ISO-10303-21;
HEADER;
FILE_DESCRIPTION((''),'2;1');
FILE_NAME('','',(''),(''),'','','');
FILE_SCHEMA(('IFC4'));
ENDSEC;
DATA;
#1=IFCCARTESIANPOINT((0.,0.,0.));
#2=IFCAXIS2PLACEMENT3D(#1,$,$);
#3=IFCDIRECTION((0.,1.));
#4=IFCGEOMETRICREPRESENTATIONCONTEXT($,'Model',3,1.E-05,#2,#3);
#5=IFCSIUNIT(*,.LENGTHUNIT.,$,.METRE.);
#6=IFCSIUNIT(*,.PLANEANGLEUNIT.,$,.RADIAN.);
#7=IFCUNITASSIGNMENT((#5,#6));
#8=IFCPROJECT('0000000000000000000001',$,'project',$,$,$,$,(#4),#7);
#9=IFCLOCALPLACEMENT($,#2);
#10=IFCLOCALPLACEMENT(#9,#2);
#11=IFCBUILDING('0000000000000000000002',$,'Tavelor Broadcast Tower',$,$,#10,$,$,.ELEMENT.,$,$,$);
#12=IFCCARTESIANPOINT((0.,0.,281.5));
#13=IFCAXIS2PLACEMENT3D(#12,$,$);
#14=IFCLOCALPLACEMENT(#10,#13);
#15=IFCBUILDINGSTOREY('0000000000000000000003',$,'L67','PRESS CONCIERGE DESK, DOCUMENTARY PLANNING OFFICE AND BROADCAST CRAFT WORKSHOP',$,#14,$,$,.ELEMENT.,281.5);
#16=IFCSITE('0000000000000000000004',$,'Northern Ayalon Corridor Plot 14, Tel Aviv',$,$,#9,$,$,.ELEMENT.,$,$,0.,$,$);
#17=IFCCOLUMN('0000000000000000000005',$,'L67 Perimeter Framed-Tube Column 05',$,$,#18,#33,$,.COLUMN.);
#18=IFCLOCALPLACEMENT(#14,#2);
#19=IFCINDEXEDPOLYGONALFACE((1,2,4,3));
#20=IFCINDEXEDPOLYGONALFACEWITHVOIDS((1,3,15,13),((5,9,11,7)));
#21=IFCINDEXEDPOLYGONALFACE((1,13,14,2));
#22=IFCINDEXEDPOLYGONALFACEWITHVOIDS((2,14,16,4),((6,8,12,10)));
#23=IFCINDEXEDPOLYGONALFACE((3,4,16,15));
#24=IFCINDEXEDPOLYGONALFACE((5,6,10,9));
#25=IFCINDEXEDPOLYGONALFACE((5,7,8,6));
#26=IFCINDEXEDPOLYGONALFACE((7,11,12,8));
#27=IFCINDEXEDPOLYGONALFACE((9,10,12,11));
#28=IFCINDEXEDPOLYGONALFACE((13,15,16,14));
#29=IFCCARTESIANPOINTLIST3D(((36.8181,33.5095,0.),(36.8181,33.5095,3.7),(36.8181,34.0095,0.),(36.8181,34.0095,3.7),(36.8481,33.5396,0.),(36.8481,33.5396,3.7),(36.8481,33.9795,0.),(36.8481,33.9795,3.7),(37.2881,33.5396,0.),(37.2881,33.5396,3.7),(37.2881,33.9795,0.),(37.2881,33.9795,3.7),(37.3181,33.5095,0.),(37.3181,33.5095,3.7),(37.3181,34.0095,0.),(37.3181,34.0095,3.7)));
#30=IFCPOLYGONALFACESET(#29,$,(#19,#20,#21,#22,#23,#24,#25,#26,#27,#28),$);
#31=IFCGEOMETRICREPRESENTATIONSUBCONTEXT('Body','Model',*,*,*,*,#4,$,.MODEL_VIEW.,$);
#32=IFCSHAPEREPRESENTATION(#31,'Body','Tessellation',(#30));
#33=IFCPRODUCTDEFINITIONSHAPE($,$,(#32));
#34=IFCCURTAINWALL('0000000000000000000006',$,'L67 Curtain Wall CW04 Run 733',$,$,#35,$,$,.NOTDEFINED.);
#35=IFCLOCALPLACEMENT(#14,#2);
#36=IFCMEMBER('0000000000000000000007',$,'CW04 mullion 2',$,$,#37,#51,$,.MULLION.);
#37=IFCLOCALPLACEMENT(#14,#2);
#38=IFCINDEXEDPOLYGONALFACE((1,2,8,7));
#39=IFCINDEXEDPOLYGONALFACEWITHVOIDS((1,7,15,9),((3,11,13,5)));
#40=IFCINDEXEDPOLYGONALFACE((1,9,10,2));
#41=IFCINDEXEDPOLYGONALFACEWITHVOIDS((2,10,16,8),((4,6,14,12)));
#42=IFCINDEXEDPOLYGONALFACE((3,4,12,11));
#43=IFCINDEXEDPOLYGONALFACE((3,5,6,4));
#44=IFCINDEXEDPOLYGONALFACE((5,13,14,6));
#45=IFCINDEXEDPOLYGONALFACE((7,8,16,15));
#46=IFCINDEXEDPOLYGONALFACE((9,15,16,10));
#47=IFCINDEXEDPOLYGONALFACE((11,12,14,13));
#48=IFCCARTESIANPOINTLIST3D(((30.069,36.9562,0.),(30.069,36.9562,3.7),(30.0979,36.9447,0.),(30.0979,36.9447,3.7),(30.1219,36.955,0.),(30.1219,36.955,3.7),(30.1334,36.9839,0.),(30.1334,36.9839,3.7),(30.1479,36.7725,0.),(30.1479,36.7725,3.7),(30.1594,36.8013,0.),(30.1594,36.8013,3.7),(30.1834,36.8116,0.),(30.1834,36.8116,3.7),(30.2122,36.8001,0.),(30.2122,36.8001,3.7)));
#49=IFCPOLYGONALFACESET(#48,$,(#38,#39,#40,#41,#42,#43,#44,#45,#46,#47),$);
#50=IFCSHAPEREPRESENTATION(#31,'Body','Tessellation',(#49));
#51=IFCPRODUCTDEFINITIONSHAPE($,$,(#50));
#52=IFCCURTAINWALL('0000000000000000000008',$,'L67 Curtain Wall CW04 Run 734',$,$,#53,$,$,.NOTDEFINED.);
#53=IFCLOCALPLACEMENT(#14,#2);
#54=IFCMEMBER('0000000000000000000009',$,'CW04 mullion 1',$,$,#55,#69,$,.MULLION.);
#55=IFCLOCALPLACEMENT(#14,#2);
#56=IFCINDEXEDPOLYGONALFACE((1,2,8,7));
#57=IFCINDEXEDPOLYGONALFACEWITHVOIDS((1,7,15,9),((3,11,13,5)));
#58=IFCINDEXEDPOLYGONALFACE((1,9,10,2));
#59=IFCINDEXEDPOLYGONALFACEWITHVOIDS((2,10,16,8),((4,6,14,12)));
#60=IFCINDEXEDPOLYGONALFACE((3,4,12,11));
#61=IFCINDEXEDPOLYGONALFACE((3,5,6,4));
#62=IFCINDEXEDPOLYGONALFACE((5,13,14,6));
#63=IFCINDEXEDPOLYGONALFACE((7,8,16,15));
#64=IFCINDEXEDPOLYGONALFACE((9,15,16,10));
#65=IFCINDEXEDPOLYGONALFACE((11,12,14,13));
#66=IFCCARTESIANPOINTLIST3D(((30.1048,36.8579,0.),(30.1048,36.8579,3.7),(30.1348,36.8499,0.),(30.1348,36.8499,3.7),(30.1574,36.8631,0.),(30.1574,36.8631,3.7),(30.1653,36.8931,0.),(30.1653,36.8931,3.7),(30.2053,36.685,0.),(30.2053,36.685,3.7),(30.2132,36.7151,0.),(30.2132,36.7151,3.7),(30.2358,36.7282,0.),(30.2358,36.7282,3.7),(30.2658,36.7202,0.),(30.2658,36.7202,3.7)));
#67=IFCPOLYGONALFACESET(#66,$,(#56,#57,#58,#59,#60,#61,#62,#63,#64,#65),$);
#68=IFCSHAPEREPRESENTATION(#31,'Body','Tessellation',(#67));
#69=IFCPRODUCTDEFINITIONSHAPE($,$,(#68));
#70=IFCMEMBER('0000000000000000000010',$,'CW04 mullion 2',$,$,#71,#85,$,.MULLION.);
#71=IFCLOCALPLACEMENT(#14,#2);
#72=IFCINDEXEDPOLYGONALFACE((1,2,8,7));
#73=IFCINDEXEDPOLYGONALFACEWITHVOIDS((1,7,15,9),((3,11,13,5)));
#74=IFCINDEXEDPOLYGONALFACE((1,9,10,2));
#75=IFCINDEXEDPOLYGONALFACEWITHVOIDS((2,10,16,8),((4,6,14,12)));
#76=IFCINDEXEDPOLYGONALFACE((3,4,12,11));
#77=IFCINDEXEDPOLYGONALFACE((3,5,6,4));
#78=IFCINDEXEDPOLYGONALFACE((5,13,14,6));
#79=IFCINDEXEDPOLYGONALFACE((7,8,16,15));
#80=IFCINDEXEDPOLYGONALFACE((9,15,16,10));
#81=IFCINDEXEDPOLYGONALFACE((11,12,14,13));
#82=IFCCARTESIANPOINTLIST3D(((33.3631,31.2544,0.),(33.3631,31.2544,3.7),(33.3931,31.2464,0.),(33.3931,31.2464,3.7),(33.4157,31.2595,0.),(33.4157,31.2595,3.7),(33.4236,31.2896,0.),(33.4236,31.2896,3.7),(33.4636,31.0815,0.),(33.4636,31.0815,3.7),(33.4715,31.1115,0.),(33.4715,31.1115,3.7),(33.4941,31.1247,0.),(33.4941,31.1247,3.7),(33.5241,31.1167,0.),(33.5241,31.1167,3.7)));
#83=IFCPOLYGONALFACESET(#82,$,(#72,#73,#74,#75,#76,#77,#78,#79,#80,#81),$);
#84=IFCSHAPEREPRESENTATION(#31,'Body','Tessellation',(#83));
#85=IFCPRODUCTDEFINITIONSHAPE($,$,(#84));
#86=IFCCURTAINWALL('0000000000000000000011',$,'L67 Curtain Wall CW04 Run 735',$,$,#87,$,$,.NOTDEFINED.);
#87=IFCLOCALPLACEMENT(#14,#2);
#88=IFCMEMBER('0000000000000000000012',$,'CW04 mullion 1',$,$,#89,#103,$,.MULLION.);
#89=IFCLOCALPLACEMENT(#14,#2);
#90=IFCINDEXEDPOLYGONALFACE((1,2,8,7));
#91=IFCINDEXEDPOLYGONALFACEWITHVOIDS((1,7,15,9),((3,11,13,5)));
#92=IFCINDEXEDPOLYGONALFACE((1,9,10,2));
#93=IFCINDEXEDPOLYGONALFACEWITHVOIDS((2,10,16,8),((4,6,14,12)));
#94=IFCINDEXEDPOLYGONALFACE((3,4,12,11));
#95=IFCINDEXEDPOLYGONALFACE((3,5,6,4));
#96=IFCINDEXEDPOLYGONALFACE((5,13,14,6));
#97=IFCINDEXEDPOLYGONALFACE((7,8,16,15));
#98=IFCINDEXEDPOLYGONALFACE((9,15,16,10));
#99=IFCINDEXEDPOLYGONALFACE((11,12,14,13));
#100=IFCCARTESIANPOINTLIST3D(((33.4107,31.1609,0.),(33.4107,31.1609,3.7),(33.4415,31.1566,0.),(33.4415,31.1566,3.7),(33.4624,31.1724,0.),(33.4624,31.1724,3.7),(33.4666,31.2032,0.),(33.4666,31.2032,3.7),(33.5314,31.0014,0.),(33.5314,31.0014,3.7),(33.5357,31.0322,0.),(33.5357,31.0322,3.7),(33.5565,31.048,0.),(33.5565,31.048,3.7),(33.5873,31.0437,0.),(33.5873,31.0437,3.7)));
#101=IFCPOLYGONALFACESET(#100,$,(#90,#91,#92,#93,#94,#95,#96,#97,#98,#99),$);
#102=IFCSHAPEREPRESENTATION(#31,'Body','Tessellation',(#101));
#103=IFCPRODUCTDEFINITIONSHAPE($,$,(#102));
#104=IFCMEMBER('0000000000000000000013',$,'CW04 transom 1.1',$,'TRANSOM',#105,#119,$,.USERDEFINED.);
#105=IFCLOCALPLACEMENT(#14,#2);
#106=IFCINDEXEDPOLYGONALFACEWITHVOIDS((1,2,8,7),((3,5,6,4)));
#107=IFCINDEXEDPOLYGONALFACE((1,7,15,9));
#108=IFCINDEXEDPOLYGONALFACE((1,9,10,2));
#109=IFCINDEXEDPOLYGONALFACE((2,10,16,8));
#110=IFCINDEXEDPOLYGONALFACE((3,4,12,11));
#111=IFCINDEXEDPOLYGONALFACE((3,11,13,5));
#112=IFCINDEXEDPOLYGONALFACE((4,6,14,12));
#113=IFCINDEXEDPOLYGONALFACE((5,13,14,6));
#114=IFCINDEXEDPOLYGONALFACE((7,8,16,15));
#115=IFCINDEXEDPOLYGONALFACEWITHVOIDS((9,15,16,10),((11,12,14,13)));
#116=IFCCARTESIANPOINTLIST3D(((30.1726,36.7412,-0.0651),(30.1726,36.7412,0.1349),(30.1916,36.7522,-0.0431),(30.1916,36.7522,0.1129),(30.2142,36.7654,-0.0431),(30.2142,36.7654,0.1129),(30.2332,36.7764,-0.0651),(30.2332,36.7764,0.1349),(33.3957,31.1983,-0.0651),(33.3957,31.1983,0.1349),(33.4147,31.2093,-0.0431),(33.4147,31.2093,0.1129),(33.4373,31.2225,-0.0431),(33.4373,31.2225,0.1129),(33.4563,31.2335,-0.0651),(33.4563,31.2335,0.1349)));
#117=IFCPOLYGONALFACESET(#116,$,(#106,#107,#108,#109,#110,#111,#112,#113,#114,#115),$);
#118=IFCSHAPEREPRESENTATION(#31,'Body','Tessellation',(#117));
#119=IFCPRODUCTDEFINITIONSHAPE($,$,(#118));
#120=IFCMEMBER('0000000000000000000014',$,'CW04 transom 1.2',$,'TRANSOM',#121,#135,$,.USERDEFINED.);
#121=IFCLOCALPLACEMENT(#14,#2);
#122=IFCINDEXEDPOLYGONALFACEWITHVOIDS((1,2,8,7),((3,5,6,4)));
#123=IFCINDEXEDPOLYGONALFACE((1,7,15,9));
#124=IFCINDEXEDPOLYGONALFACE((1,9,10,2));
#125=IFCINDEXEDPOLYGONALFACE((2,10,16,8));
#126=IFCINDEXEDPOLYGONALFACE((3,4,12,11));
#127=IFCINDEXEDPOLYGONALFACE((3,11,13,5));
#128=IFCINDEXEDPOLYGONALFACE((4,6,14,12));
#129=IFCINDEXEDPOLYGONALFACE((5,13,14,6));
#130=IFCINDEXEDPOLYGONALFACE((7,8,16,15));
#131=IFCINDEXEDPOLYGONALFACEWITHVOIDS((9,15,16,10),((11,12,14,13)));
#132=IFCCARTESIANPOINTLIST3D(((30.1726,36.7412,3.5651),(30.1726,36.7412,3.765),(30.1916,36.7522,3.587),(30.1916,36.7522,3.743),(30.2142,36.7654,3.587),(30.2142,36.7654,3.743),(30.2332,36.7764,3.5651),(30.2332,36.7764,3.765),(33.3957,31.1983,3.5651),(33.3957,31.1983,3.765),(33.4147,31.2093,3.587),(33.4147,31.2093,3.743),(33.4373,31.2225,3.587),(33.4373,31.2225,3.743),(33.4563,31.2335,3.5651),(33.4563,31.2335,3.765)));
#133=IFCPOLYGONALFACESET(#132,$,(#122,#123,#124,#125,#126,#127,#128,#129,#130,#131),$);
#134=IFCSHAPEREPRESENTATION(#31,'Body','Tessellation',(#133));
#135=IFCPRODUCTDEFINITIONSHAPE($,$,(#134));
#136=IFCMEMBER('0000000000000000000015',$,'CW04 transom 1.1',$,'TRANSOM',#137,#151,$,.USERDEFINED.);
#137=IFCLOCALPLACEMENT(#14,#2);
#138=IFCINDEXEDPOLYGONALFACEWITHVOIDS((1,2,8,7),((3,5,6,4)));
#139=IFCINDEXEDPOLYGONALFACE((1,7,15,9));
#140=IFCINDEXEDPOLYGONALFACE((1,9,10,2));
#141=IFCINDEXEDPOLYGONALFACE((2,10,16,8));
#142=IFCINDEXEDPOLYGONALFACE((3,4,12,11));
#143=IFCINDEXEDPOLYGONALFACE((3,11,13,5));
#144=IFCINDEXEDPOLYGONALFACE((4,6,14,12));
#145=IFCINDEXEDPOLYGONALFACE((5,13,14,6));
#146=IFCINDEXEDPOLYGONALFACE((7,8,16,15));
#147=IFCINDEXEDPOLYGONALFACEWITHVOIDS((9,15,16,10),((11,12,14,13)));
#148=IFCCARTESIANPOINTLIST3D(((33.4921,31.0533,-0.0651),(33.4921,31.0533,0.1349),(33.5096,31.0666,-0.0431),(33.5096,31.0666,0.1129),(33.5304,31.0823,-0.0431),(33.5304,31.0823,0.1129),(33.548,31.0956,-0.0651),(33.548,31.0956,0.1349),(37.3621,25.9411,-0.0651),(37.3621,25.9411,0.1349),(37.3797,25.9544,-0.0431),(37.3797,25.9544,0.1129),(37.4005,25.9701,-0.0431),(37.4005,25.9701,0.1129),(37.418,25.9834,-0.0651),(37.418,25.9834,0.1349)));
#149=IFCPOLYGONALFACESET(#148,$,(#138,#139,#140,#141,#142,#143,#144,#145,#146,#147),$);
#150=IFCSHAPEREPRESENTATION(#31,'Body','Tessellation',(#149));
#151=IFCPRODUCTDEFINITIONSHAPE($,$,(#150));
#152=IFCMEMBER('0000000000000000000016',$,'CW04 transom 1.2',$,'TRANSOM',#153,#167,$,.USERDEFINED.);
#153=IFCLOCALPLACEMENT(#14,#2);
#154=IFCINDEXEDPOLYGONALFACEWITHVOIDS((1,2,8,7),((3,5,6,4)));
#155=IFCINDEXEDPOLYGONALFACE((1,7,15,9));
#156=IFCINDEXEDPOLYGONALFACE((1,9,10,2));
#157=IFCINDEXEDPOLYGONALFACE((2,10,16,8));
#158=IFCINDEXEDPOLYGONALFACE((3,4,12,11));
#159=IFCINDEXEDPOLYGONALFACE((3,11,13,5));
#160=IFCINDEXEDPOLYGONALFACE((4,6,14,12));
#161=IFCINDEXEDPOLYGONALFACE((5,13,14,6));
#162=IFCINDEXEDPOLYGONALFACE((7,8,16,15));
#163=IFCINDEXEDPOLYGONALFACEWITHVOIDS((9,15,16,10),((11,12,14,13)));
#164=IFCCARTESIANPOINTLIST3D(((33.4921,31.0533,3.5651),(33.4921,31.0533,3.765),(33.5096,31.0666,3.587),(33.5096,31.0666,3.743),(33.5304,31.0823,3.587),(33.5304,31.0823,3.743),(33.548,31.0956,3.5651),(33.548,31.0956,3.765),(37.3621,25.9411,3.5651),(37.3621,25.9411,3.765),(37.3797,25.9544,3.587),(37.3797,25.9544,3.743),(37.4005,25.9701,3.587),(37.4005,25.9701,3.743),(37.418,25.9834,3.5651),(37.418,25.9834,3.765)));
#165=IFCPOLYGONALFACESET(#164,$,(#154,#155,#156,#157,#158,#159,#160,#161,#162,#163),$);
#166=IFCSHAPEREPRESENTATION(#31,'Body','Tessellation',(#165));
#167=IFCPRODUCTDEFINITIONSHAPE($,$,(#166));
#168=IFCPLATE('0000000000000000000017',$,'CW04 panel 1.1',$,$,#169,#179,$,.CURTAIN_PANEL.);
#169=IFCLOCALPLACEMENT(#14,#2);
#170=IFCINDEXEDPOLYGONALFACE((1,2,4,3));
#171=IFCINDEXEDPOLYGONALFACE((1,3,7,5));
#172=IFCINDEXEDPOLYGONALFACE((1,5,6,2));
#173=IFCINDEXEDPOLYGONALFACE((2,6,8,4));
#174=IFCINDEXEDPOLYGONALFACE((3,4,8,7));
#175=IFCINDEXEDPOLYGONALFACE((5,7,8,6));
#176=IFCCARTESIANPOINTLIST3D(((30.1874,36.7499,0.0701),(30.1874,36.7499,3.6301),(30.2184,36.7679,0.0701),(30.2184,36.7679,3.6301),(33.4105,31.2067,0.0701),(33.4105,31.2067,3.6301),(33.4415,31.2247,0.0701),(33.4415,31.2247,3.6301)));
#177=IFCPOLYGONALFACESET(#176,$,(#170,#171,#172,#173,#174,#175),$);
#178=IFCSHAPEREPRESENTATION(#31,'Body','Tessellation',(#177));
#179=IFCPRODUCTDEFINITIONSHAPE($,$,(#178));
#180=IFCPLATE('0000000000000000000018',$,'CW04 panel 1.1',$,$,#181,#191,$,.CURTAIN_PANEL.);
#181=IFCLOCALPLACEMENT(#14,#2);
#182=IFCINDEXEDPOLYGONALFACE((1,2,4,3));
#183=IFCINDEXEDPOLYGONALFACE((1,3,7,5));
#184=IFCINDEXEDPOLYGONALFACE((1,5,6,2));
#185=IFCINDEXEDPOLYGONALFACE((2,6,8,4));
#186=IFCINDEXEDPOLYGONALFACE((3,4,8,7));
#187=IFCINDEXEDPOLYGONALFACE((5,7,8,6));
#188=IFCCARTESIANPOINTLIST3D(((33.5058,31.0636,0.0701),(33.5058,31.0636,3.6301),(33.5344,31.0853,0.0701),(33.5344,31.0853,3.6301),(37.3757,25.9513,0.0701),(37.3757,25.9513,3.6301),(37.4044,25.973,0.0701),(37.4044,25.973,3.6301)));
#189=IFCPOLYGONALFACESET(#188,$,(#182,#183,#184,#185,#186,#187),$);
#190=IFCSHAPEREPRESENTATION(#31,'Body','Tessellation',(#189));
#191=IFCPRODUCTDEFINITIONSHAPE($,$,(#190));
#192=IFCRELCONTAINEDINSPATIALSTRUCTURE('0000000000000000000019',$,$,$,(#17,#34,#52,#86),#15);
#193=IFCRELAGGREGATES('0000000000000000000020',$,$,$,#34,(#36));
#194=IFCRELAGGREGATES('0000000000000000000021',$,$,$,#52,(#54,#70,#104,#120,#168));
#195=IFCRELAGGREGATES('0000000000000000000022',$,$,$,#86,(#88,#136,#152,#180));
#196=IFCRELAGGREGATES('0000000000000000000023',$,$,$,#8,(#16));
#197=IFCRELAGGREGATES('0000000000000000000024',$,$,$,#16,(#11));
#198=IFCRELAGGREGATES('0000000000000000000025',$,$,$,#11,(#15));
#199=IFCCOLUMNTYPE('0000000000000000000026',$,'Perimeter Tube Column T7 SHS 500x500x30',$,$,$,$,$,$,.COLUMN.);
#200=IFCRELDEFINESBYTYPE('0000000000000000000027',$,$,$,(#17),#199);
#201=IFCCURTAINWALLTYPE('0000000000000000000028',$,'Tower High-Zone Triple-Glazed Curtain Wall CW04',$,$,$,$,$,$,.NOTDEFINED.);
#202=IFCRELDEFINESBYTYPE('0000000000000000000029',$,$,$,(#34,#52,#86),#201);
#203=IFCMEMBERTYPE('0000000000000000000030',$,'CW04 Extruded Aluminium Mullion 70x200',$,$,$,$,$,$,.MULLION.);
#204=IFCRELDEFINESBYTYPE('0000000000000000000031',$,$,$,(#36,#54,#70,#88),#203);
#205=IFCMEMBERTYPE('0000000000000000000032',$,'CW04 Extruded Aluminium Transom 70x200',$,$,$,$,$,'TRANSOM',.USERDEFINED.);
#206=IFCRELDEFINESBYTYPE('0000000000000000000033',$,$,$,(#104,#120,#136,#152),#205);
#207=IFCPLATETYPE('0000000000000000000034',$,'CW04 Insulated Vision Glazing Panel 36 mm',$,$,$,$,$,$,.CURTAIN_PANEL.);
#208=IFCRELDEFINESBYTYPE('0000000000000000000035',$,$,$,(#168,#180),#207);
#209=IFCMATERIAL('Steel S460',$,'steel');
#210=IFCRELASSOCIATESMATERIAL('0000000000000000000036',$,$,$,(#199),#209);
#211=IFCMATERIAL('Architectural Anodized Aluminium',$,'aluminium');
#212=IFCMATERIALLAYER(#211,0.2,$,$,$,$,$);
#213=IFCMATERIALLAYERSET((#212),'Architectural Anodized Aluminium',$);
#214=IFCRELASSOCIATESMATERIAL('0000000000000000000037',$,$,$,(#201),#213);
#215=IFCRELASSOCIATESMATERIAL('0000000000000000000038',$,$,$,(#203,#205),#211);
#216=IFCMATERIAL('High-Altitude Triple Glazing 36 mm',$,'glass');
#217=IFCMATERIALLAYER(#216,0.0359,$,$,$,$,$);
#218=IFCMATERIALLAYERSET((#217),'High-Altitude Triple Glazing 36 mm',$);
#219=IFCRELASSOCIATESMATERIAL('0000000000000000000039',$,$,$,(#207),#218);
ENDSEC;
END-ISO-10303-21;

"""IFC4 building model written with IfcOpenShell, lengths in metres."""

from ifc_helpers import new_model, si_unit, direction, frame, origin, origin_2d, place, context, subcontext, project, spatial, rectangle, hollow_rectangle, extrude, source, transform, mapped, material, layer, layer_set, material_profile, profile_set, type_object, type_shapes, element, aggregate, save


model = new_model("IFC4")

# Units and contexts
model_context = context("Model", 3, precision=1e-05, world=origin(), true_north=direction((0.0, 1.0)))
body_context = subcontext(model_context, "Body", "Model", "MODEL_VIEW")
ifc_project = project(units=[si_unit("LENGTHUNIT", "METRE"), si_unit("PLANEANGLEUNIT", "RADIAN")], contexts=[model_context])

# Site, building, storey
site_placement = place(None, origin())
site = spatial("IfcSite", under=ifc_project, at=site_placement, Name="Northern Ayalon Corridor Plot 14, Tel Aviv", CompositionType="ELEMENT", RefElevation=0.0)
building_placement = place(site_placement, origin())
building = spatial("IfcBuilding", under=site, at=building_placement, Name="Tavelor Broadcast Tower", CompositionType="ELEMENT")
storey_placement = place(building_placement, frame((0.0, 0.0, 281.5)))
storey = spatial("IfcBuildingStorey", under=building, at=storey_placement, Name="L67", Description="PRESS CONCIERGE DESK, DOCUMENTARY PLANNING OFFICE AND BROADCAST CRAFT WORKSHOP", CompositionType="ELEMENT", Elevation=281.5)

# Column
ifc_material_1 = material(Name="Steel S460", Category="steel")
ifc_material_profile_1 = material_profile(ifc_material_1, hollow_rectangle(XDim=0.5, YDim=0.5, WallThickness=0.03, at=origin_2d()), Name="SHS 500x500x30")
ifc_profile_set_1 = profile_set([ifc_material_profile_1], Name="Steel S460")
column_type = type_object("IfcColumnType", Name="Perimeter Tube Column T7 SHS 500x500x30", PredefinedType="COLUMN", material=ifc_profile_set_1)
column_placement = place(storey_placement, frame((37.0681, 33.7595, 0.0), z_axis=(0.0, 0.0, 1.0), x_axis=(1.0, 0.0, 0.0)))
element("IfcColumn", 1, at=column_placement, inside=storey, type_object=column_type, Name="L67 Perimeter Framed-Tube Column 05", PredefinedType="COLUMN", context=body_context, shape_type="SweptSolid", body=[
    extrude(hollow_rectangle(XDim=0.5, YDim=0.5, WallThickness=0.03, at=origin_2d()), origin(), (0.0, 0.0, 1.0), 3.7),
])

# Curtain wall, member
ifc_material_2 = material(Name="Architectural Anodized Aluminium", Category="aluminium")
ifc_layer_1 = layer(ifc_material_2, 0.2)
ifc_layer_set_1 = layer_set([ifc_layer_1], Name="Architectural Anodized Aluminium")
curtain_wall_type = type_object("IfcCurtainWallType", Name="Tower High-Zone Triple-Glazed Curtain Wall CW04", PredefinedType="NOTDEFINED", material=ifc_layer_set_1)
curtain_wall_1_placement = place(storey_placement, origin())
curtain_wall_1 = element("IfcCurtainWall", 2, at=curtain_wall_1_placement, inside=storey, type_object=curtain_wall_type, Name="L67 Curtain Wall CW04 Run 733", PredefinedType="NOTDEFINED")
ifc_material_profile_2 = material_profile(ifc_material_2, hollow_rectangle(XDim=0.0701, YDim=0.2, WallThickness=0.022, at=origin_2d()), Name="RHS 70x200x22")
ifc_profile_set_2 = profile_set([ifc_material_profile_2], Name="Architectural Anodized Aluminium")
member_type_1 = type_object("IfcMemberType", Name="CW04 Extruded Aluminium Mullion 70x200", PredefinedType="MULLION", material=ifc_profile_set_2)
shared_shape_1 = source(origin(), body_context, "Body", "SweptSolid", [
    extrude(hollow_rectangle(XDim=0.0701, YDim=0.2, WallThickness=0.022, at=origin_2d()), origin(), (0.0, 0.0, 1.0), 3.7),
])
type_shapes(member_type_1, [shared_shape_1])
member_1_placement = place(storey_placement, frame((30.1406, 36.8782, 0.0), z_axis=(0.0, 0.0, 1.0), x_axis=(0.918965, 0.394338, 0.0)))
member_1 = element("IfcMember", 3, at=member_1_placement, type_object=member_type_1, Name="CW04 mullion 2", PredefinedType="MULLION", context=body_context, shape_type="MappedRepresentation", body=[
    mapped(shared_shape_1, transform((0.0, 0.0, 0.0), scale=1.0)),
])
aggregate(curtain_wall_1, [member_1])

# Curtain wall, members
curtain_wall_2_placement = place(storey_placement, origin())
curtain_wall_2 = element("IfcCurtainWall", 4, at=curtain_wall_2_placement, inside=storey, type_object=curtain_wall_type, Name="L67 Curtain Wall CW04 Run 734", PredefinedType="NOTDEFINED")
member_2_placement = place(storey_placement, frame((30.1853, 36.7891, 0.0), z_axis=(0.0, 0.0, 1.0), x_axis=(0.86449, 0.50265, 0.0)))
member_2 = element("IfcMember", 5, at=member_2_placement, type_object=member_type_1, Name="CW04 mullion 1", PredefinedType="MULLION", context=body_context, shape_type="MappedRepresentation", body=[
    mapped(shared_shape_1, transform((0.0, 0.0, 0.0), scale=1.0)),
])
member_3_placement = place(storey_placement, frame((33.4436, 31.1855, 0.0), z_axis=(0.0, 0.0, 1.0), x_axis=(0.86449, 0.50265, 0.0)))
member_3 = element("IfcMember", 6, at=member_3_placement, type_object=member_type_1, Name="CW04 mullion 2", PredefinedType="MULLION", context=body_context, shape_type="MappedRepresentation", body=[
    mapped(shared_shape_1, transform((0.0, 0.0, 0.0), scale=1.0)),
])

# Curtain wall, member
curtain_wall_3_placement = place(storey_placement, origin())
curtain_wall_3 = element("IfcCurtainWall", 7, at=curtain_wall_3_placement, inside=storey, type_object=curtain_wall_type, Name="L67 Curtain Wall CW04 Run 735", PredefinedType="NOTDEFINED")
member_4_placement = place(storey_placement, frame((33.499, 31.1023, 0.0), z_axis=(0.0, 0.0, 1.0), x_axis=(0.797318, 0.603559, 0.0)))
member_4 = element("IfcMember", 8, at=member_4_placement, type_object=member_type_1, Name="CW04 mullion 1", PredefinedType="MULLION", context=body_context, shape_type="MappedRepresentation", body=[
    mapped(shared_shape_1, transform((0.0, 0.0, 0.0), scale=1.0)),
])

# Members
ifc_material_profile_3 = material_profile(ifc_material_2, hollow_rectangle(XDim=0.0701, YDim=0.2, WallThickness=0.022, at=origin_2d()), Name="RHS 70x200x22")
ifc_profile_set_3 = profile_set([ifc_material_profile_3], Name="Architectural Anodized Aluminium")
member_type_2 = type_object("IfcMemberType", Name="CW04 Extruded Aluminium Transom 70x200", ElementType="TRANSOM", PredefinedType="USERDEFINED", material=ifc_profile_set_3)
shared_shape_2 = source(origin(), body_context, "Body", "SweptSolid", [
    extrude(hollow_rectangle(XDim=0.0701, YDim=0.2, WallThickness=0.022, at=origin_2d()), origin(), (0.0, 0.0, 1.0), 6.4119),
])
type_shapes(member_type_2, [shared_shape_2])
member_5_placement = place(storey_placement, frame((30.2029, 36.7588, 0.0349), z_axis=(0.502677, -0.864474, 0.0), x_axis=(0.864474, 0.502677, 0.0)))
member_5 = element("IfcMember", 9, at=member_5_placement, type_object=member_type_2, Name="CW04 transom 1.1", ObjectType="TRANSOM", PredefinedType="USERDEFINED", context=body_context, shape_type="MappedRepresentation", body=[
    mapped(shared_shape_2, transform((0.0, 0.0, 0.0), scale=1.0)),
])
member_6_placement = place(storey_placement, frame((30.2029, 36.7588, 3.665), z_axis=(0.502677, -0.864474, 0.0), x_axis=(0.864474, 0.502677, 0.0)))
member_6 = element("IfcMember", 10, at=member_6_placement, type_object=member_type_2, Name="CW04 transom 1.2", ObjectType="TRANSOM", PredefinedType="USERDEFINED", context=body_context, shape_type="MappedRepresentation", body=[
    mapped(shared_shape_2, transform((0.0, 0.0, 0.0), scale=1.0)),
])
member_7_placement = place(storey_placement, frame((33.52, 31.0745, 0.0349), z_axis=(0.603576, -0.797305, 0.0), x_axis=(0.797305, 0.603576, 0.0)))
member_7 = element("IfcMember", 11, at=member_7_placement, type_object=member_type_2, Name="CW04 transom 1.1", ObjectType="TRANSOM", PredefinedType="USERDEFINED", context=body_context, shape_type="MappedRepresentation", body=[
    mapped(shared_shape_2, transform((0.0, 0.0, 0.0), scale=1.0)),
])
member_8_placement = place(storey_placement, frame((33.52, 31.0745, 3.665), z_axis=(0.603576, -0.797305, 0.0), x_axis=(0.797305, 0.603576, 0.0)))
member_8 = element("IfcMember", 12, at=member_8_placement, type_object=member_type_2, Name="CW04 transom 1.2", ObjectType="TRANSOM", PredefinedType="USERDEFINED", context=body_context, shape_type="MappedRepresentation", body=[
    mapped(shared_shape_2, transform((0.0, 0.0, 0.0), scale=1.0)),
])

# Plates
ifc_material_3 = material(Name="High-Altitude Triple Glazing 36 mm", Category="glass")
ifc_layer_2 = layer(ifc_material_3, 0.0359)
ifc_layer_set_2 = layer_set([ifc_layer_2], Name="High-Altitude Triple Glazing 36 mm")
plate_type = type_object("IfcPlateType", Name="CW04 Insulated Vision Glazing Panel 36 mm", PredefinedType="CURTAIN_PANEL", material=ifc_layer_set_2)
shared_shape_3 = source(origin(), body_context, "Body", "SweptSolid", [
    extrude(rectangle(XDim=6.4121, YDim=0.0359, at=origin_2d()), origin(), (0.0, 0.0, 1.0), 3.5601),
])
plate_1_placement = place(storey_placement, frame((31.8145, 33.9873, 0.0701), z_axis=(0.0, 0.0, 1.0), x_axis=(0.50265, -0.86449, 0.0)))
plate_1 = element("IfcPlate", 13, at=plate_1_placement, type_object=plate_type, Name="CW04 panel 1.1", PredefinedType="CURTAIN_PANEL", context=body_context, shape_type="MappedRepresentation", body=[
    mapped(shared_shape_3, transform((0.0, 0.0, 0.0), scale=1.0)),
])
aggregate(curtain_wall_2, [member_2, member_3, member_5, member_6, plate_1])
shared_shape_4 = source(origin(), body_context, "Body", "SweptSolid", [
    extrude(rectangle(XDim=6.4119, YDim=0.0359, at=origin_2d()), origin(), (0.0, 0.0, 1.0), 3.5601),
])
type_shapes(plate_type, [shared_shape_3, shared_shape_4])
plate_2_placement = place(storey_placement, frame((35.4551, 28.5183, 0.0701), z_axis=(0.0, 0.0, 1.0), x_axis=(0.603559, -0.797318, 0.0)))
plate_2 = element("IfcPlate", 14, at=plate_2_placement, type_object=plate_type, Name="CW04 panel 1.1", PredefinedType="CURTAIN_PANEL", context=body_context, shape_type="MappedRepresentation", body=[
    mapped(shared_shape_4, transform((0.0, 0.0, 0.0), scale=1.0)),
])
aggregate(curtain_wall_3, [member_4, member_7, member_8, plate_2])

save(model, "model.ifc")
